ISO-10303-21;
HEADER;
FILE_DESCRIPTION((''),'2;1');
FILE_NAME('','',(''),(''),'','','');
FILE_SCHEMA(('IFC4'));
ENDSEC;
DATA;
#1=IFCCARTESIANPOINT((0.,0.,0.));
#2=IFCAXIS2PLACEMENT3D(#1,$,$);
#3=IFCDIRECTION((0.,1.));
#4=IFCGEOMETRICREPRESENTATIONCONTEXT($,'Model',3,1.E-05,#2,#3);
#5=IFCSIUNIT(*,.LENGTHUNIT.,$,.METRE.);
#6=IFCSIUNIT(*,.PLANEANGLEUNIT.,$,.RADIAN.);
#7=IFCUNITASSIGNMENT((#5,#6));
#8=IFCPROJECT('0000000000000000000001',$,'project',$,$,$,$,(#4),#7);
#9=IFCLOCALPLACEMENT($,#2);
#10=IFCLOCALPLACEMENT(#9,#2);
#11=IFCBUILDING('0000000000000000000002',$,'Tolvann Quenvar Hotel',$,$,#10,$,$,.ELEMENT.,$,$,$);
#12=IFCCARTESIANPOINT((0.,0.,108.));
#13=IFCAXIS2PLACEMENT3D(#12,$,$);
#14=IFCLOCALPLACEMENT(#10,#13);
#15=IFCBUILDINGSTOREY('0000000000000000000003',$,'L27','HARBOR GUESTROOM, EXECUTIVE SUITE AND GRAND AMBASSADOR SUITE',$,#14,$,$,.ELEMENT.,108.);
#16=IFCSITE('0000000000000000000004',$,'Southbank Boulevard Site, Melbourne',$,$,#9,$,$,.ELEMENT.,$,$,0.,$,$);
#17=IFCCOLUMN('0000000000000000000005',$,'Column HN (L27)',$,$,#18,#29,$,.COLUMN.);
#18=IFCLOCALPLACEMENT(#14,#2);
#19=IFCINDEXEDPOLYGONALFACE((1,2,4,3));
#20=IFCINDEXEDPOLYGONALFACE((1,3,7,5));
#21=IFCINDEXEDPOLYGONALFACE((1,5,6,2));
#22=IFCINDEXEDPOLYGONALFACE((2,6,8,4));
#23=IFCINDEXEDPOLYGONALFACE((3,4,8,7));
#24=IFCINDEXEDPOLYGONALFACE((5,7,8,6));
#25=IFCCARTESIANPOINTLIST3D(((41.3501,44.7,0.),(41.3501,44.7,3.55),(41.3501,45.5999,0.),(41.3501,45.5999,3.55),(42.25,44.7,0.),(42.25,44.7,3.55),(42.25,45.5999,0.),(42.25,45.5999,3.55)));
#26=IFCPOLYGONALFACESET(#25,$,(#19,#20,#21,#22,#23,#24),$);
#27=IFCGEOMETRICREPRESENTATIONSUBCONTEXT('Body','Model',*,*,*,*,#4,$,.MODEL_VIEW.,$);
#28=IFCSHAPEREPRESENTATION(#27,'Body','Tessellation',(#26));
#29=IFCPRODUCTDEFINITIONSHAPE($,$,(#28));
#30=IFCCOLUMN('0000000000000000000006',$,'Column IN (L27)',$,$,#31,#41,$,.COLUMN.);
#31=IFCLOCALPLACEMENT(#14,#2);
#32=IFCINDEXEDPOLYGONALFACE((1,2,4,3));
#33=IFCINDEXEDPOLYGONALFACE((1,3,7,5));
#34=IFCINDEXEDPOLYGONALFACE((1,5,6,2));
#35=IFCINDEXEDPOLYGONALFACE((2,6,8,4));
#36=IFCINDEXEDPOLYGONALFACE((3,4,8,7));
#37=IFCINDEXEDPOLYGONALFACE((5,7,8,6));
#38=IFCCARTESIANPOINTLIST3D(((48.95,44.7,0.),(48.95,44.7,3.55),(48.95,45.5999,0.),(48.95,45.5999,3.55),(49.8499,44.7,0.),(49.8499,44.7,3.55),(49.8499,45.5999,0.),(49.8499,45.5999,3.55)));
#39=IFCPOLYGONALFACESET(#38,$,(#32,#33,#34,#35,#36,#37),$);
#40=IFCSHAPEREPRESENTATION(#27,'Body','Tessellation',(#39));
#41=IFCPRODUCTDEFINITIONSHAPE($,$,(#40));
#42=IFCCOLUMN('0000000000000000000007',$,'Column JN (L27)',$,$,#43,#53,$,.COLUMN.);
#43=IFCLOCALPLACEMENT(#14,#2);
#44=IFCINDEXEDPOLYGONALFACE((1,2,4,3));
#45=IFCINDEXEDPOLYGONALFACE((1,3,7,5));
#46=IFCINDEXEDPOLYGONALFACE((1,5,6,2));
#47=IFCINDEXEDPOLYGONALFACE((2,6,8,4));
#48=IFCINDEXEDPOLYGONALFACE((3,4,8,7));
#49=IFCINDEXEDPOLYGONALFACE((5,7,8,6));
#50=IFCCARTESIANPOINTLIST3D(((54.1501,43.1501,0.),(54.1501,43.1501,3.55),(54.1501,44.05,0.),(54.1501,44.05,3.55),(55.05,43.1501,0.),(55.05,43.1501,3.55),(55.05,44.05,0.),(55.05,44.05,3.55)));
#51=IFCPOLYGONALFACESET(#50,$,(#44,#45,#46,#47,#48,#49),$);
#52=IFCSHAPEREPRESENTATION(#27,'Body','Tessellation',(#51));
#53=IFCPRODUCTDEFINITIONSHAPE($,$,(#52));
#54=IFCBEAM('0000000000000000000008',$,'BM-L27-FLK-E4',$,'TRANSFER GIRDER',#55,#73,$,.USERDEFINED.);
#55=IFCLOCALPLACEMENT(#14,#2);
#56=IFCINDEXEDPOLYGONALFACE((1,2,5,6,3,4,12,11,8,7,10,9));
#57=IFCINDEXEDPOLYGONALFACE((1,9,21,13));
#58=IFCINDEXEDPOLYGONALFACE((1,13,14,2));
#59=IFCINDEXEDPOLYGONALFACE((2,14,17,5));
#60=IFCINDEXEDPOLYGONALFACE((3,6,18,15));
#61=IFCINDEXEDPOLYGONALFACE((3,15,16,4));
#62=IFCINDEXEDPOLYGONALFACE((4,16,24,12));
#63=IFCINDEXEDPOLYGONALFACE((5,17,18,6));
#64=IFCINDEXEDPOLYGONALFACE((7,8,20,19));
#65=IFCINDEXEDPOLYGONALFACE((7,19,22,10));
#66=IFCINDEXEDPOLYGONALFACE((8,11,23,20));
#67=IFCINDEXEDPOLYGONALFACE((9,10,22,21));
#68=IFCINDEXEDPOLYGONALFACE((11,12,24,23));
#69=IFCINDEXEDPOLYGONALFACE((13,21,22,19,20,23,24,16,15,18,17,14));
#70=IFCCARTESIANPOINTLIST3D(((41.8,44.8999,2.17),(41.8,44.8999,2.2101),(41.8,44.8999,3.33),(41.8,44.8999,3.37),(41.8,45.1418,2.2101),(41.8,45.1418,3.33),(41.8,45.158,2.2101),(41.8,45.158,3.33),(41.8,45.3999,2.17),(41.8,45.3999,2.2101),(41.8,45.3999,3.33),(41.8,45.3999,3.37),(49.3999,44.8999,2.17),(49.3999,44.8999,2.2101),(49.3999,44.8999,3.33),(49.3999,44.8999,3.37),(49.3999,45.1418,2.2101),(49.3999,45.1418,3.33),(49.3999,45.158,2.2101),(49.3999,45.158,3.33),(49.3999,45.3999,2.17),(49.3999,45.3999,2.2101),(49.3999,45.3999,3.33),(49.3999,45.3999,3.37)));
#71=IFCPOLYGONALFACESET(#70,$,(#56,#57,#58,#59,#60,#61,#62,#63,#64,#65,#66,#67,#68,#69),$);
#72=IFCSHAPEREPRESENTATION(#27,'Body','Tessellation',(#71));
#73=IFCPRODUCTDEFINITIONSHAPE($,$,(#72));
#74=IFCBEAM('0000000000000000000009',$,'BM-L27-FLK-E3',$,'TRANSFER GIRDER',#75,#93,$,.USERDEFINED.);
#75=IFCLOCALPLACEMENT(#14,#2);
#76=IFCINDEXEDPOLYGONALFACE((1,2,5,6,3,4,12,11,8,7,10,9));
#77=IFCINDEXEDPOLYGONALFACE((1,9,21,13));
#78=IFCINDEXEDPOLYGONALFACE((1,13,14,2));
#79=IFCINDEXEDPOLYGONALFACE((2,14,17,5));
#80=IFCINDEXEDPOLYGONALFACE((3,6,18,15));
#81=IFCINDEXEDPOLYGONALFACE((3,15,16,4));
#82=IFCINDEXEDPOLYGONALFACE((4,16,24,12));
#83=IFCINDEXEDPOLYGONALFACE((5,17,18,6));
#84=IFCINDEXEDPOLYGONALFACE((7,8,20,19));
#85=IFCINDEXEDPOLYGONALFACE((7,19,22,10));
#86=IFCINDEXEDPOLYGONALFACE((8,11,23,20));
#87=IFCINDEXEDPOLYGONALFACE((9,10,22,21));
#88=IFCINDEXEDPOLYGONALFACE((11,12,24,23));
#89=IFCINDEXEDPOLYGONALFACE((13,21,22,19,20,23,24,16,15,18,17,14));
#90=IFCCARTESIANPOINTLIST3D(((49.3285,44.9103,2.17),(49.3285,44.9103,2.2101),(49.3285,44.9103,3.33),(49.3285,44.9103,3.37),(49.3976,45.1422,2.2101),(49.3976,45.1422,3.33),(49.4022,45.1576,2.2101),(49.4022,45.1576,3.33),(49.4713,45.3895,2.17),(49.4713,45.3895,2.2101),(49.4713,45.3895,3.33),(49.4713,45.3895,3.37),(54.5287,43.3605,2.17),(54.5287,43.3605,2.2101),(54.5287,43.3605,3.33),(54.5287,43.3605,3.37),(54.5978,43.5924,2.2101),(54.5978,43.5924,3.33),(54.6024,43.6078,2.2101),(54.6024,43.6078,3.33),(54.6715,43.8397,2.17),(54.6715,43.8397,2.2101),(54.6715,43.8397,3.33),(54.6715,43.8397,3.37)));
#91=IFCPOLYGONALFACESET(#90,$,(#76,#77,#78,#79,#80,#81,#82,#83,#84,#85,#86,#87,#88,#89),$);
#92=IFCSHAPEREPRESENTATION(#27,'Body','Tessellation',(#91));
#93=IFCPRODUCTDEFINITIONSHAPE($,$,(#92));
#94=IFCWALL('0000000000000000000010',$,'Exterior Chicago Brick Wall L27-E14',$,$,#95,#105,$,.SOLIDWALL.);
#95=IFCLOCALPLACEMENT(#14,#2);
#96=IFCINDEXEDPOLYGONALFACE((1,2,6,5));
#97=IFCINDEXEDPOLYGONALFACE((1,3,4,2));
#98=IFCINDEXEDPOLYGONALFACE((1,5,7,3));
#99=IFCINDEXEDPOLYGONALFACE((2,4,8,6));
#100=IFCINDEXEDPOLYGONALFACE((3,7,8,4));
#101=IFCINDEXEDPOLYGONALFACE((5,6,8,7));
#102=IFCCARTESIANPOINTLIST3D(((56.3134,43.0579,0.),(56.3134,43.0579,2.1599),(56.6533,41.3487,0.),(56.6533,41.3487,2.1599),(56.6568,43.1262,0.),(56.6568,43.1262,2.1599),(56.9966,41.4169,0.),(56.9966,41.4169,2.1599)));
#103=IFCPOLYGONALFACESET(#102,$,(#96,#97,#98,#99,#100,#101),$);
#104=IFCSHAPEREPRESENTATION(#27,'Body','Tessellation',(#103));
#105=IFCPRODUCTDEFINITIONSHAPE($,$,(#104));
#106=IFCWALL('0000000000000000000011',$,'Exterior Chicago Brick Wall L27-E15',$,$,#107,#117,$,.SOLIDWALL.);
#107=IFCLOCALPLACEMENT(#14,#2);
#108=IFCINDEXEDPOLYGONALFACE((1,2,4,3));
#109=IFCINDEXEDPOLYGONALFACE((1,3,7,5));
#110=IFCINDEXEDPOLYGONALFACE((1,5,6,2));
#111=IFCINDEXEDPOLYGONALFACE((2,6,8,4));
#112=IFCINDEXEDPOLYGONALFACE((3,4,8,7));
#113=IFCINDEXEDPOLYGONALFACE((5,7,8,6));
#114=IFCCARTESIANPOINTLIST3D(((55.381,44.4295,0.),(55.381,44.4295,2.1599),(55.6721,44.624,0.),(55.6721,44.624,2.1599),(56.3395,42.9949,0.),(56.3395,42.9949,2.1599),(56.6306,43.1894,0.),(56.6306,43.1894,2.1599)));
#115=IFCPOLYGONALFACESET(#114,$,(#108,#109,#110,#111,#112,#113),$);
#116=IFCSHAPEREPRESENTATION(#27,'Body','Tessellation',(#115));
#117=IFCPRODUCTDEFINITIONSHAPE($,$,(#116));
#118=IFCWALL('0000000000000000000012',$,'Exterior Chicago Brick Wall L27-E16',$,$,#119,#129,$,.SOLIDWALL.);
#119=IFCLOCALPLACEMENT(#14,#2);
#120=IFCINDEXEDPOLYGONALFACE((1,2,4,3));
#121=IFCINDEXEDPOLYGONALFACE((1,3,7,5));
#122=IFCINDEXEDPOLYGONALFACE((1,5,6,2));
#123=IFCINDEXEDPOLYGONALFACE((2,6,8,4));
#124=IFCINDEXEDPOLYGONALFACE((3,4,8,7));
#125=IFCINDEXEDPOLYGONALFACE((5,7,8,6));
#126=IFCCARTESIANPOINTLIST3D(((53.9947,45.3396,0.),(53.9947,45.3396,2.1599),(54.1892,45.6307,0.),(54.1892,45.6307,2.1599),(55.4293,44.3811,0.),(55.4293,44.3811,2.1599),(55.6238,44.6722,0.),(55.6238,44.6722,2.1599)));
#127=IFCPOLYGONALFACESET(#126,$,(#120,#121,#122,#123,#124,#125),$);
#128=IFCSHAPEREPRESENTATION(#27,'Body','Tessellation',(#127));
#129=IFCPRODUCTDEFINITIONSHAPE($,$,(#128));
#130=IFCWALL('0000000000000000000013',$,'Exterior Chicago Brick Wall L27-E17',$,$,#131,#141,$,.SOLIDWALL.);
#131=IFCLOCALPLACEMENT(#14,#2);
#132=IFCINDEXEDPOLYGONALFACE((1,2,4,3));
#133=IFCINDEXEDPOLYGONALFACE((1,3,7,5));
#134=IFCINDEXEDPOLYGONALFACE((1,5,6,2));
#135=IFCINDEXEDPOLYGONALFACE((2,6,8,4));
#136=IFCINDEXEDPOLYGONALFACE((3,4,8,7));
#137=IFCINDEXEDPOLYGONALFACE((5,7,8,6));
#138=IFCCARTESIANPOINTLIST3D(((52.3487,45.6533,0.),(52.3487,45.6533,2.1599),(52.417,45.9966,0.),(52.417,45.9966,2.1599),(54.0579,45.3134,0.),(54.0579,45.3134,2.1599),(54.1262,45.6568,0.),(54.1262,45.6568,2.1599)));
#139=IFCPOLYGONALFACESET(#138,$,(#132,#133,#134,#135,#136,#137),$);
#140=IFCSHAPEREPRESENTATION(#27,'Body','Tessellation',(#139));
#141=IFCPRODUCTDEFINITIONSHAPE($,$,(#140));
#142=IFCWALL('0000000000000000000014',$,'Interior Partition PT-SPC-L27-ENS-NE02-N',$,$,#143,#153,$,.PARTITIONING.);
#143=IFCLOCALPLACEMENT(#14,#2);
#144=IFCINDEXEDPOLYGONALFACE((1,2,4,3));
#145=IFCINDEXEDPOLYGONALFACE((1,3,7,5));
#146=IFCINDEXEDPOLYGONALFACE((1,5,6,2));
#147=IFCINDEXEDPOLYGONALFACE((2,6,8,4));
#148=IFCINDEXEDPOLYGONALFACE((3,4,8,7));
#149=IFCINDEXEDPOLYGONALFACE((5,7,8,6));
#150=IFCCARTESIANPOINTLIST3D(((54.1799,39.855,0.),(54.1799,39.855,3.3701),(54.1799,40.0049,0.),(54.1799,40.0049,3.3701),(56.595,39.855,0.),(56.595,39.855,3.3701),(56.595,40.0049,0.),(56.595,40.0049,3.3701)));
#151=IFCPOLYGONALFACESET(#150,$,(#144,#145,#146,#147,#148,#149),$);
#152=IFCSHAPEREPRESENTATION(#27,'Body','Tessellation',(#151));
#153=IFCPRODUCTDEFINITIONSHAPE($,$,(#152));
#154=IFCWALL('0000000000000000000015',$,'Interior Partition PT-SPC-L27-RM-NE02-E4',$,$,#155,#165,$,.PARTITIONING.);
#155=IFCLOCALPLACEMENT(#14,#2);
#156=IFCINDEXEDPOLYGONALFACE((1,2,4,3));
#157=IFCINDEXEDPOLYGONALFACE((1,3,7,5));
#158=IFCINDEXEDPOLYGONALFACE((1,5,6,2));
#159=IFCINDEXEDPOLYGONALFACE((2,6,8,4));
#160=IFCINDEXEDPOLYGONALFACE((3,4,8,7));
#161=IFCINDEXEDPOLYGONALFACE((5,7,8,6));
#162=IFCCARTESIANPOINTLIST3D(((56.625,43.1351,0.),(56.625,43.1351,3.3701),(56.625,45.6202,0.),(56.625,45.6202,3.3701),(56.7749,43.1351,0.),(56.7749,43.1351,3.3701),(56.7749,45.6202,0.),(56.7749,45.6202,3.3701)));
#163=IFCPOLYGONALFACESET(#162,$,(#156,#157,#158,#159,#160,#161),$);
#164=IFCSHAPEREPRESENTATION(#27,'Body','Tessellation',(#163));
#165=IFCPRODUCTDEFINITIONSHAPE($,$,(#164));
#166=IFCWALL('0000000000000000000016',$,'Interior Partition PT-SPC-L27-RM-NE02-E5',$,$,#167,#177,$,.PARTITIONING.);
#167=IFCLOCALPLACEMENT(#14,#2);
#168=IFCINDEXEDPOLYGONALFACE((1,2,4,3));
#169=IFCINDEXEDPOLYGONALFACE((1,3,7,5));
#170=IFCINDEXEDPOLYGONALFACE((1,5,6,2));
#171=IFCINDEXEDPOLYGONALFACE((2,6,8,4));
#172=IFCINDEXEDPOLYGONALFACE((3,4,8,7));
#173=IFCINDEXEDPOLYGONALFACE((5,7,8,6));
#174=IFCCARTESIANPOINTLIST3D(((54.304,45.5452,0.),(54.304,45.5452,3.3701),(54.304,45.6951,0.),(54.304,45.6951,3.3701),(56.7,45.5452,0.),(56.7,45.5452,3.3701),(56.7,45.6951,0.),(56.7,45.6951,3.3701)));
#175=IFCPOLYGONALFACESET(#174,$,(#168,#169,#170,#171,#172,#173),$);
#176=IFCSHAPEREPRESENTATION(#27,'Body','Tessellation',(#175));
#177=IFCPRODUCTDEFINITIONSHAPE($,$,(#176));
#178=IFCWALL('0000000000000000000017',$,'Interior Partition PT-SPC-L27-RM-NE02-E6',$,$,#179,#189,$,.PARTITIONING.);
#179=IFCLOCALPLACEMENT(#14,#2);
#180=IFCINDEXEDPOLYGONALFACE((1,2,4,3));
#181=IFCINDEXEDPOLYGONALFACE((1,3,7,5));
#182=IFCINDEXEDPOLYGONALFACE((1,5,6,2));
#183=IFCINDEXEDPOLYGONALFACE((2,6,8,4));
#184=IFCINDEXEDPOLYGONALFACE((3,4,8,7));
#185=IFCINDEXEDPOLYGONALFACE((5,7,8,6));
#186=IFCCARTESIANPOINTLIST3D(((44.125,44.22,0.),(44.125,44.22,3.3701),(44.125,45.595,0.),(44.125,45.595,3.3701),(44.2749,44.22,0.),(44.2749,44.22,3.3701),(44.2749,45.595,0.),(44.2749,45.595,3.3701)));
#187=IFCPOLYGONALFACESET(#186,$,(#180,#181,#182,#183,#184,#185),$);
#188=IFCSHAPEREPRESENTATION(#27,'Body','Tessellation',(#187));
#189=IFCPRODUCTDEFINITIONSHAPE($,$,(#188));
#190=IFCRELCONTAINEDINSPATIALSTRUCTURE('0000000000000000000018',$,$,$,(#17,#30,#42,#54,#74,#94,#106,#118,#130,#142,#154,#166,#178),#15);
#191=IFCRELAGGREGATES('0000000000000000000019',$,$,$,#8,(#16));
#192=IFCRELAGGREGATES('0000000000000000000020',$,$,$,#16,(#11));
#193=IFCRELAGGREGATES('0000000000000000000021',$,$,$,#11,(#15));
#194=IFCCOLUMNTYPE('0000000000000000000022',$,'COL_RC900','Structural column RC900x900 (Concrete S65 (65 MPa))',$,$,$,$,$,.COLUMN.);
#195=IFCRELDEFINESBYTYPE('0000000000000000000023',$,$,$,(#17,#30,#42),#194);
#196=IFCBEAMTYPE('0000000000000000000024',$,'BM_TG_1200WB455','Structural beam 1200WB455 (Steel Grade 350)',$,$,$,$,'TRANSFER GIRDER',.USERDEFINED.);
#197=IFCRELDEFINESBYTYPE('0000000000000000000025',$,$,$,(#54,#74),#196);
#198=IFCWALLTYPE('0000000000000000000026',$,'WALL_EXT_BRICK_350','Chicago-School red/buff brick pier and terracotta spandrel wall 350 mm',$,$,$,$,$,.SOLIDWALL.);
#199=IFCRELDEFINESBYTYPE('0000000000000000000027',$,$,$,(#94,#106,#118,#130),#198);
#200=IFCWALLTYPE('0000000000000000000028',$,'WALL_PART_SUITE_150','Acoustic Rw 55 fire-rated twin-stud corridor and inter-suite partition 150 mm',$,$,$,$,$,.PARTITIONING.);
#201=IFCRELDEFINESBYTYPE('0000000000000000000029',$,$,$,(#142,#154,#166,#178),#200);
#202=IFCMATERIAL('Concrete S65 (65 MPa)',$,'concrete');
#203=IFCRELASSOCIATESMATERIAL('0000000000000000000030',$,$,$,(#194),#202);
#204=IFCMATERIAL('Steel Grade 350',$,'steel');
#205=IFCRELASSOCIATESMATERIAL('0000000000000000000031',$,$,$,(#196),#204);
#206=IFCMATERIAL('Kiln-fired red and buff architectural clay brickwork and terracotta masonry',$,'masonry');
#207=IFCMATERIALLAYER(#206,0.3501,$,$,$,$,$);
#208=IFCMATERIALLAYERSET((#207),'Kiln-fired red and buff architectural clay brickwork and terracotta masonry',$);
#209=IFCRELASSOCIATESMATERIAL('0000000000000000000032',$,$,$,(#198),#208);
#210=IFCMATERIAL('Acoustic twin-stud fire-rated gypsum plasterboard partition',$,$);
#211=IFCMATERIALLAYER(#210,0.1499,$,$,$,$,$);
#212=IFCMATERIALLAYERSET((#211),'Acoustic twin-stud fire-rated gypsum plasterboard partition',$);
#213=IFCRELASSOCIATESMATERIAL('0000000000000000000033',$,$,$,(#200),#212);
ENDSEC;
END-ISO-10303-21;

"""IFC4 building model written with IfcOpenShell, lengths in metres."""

from ifc_helpers import new_model, si_unit, direction, frame, frame_2d, origin, origin_2d, place, context, subcontext, project, spatial, rectangle, i_section, extrude, source, transform, mapped, material, layer, layer_set, material_profile, profile_set, type_object, type_shapes, element, save


model = new_model("IFC4")

# Units and contexts
model_context = context("Model", 3, precision=1e-05, world=origin(), true_north=direction((0.0, 1.0)))
body_context = subcontext(model_context, "Body", "Model", "MODEL_VIEW")
ifc_project = project(units=[si_unit("LENGTHUNIT", "METRE"), si_unit("PLANEANGLEUNIT", "RADIAN")], contexts=[model_context])

# Site, building, storey
site_placement = place(None, origin())
site = spatial("IfcSite", under=ifc_project, at=site_placement, Name="Southbank Boulevard Site, Melbourne", CompositionType="ELEMENT", RefElevation=0.0)
building_placement = place(site_placement, origin())
building = spatial("IfcBuilding", under=site, at=building_placement, Name="Tolvann Quenvar Hotel", CompositionType="ELEMENT")
storey_placement = place(building_placement, frame((0.0, 0.0, 108.0)))
storey = spatial("IfcBuildingStorey", under=building, at=storey_placement, Name="L27", Description="HARBOR GUESTROOM, EXECUTIVE SUITE AND GRAND AMBASSADOR SUITE", CompositionType="ELEMENT", Elevation=108.0)

# Columns
ifc_material_1 = material(Name="Concrete S65 (65 MPa)", Category="concrete")
ifc_material_profile_1 = material_profile(ifc_material_1, rectangle(XDim=0.8999, YDim=0.8999, at=origin_2d()), Name="RC900x900")
ifc_profile_set_1 = profile_set([ifc_material_profile_1], Name="Concrete S65 (65 MPa)")
column_type = type_object("IfcColumnType", Name="COL_RC900", Description="Structural column RC900x900 (Concrete S65 (65 MPa))", PredefinedType="COLUMN", material=ifc_profile_set_1)
shared_shape_1 = source(origin(), body_context, "Body", "SweptSolid", [
    extrude(rectangle(XDim=0.8999, YDim=0.8999, at=origin_2d()), origin(), (0.0, 0.0, 1.0), 3.55),
])
type_shapes(column_type, [shared_shape_1])
for number, where, z_axis, x_axis, name in (
    (1, (41.8, 45.1499, 0.0), (0.0, 0.0, 1.0), (1.0, 0.0, 0.0), "Column HN (L27)"),
    (2, (49.3999, 45.1499, 0.0), (0.0, 0.0, 1.0), (1.0, 0.0, 0.0), "Column IN (L27)"),
    (3, (54.6001, 43.6001, 0.0), (0.0, 0.0, 1.0), (1.0, 0.0, 0.0), "Column JN (L27)"),
):
    element("IfcColumn", number, at=place(storey_placement, frame(where, z_axis=z_axis, x_axis=x_axis)), inside=storey, type_object=column_type, Name=name, PredefinedType="COLUMN", context=body_context, shape_type="MappedRepresentation", body=[
        mapped(shared_shape_1, transform((0.0, 0.0, 0.0), x_axis=(1.0, 0.0, 0.0), y_axis=(0.0, 1.0, 0.0), z_axis=(0.0, 0.0, 1.0), scale=1.0)),
    ])

# Beams
ifc_material_2 = material(Name="Steel Grade 350", Category="steel")
ifc_material_profile_2 = material_profile(ifc_material_2, i_section(OverallWidth=0.5, OverallDepth=1.2, WebThickness=0.0161, FlangeThickness=0.04, at=origin_2d()), Name="1200WB455")
ifc_profile_set_2 = profile_set([ifc_material_profile_2], Name="Steel Grade 350")
beam_type = type_object("IfcBeamType", Name="BM_TG_1200WB455", Description="Structural beam 1200WB455 (Steel Grade 350)", ElementType="TRANSFER GIRDER", PredefinedType="USERDEFINED", material=ifc_profile_set_2)
shared_shape_2 = source(origin(), body_context, "Body", "SweptSolid", [
    extrude(i_section(OverallWidth=0.5, OverallDepth=1.2, WebThickness=0.0161, FlangeThickness=0.04, at=origin_2d()), origin(), (0.0, 0.0, 1.0), 7.5999),
])
beam_1_placement = place(storey_placement, frame((49.3999, 45.1499, 2.77), z_axis=(-1.0, 0.0, 0.0), x_axis=(0.0, -1.0, 0.0)))
element("IfcBeam", 4, at=beam_1_placement, inside=storey, type_object=beam_type, Name="BM-L27-FLK-E4", ObjectType="TRANSFER GIRDER", PredefinedType="USERDEFINED", context=body_context, shape_type="MappedRepresentation", body=[
    mapped(shared_shape_2, transform((0.0, 0.0, 0.0), x_axis=(1.0, 0.0, 0.0), y_axis=(0.0, 1.0, 0.0), z_axis=(0.0, 0.0, 1.0), scale=1.0)),
])
shared_shape_3 = source(origin(), body_context, "Body", "SweptSolid", [
    extrude(i_section(OverallWidth=0.5, OverallDepth=1.2, WebThickness=0.0161, FlangeThickness=0.04, at=origin_2d()), origin(), (0.0, 0.0, 1.0), 5.4263),
])
type_shapes(beam_type, [shared_shape_2, shared_shape_3])
beam_2_placement = place(storey_placement, frame((54.6001, 43.6001, 2.77), z_axis=(-0.958345, 0.285614, 0.0), x_axis=(-0.285614, -0.958345, 0.0)))
element("IfcBeam", 5, at=beam_2_placement, inside=storey, type_object=beam_type, Name="BM-L27-FLK-E3", ObjectType="TRANSFER GIRDER", PredefinedType="USERDEFINED", context=body_context, shape_type="MappedRepresentation", body=[
    mapped(shared_shape_3, transform((0.0, 0.0, 0.0), x_axis=(1.0, 0.0, 0.0), y_axis=(0.0, 1.0, 0.0), z_axis=(0.0, 0.0, 1.0), scale=1.0)),
])

# Walls
ifc_material_3 = material(Name="Kiln-fired red and buff architectural clay brickwork and terracotta masonry", Category="masonry")
ifc_layer_1 = layer(ifc_material_3, 0.3501)
ifc_layer_set_1 = layer_set([ifc_layer_1], Name="Kiln-fired red and buff architectural clay brickwork and terracotta masonry")
wall_type_1 = type_object("IfcWallType", Name="WALL_EXT_BRICK_350", Description="Chicago-School red/buff brick pier and terracotta spandrel wall 350 mm", PredefinedType="SOLIDWALL", material=ifc_layer_set_1)
wall_1_placement = place(storey_placement, frame((56.825, 41.3828, 0.0), z_axis=(0.0, 0.0, 1.0), x_axis=(-0.195011, 0.980801, 0.0)))
element("IfcWall", 6, at=wall_1_placement, inside=storey, type_object=wall_type_1, Name="Exterior Chicago Brick Wall L27-E14", PredefinedType="SOLIDWALL", context=body_context, shape_type="SweptSolid", body=[
    extrude(rectangle(XDim=1.7427, YDim=0.3501, at=frame_2d((0.8713, 0.0))), origin(), (0.0, 0.0, 1.0), 2.1599),
])
for number, where, z_axis, x_axis, name in (
    (7, (56.4851, 43.092, 0.0), (0.0, 0.0, 1.0), (-0.555549, 0.831484, 0.0), "Exterior Chicago Brick Wall L27-E15"),
    (8, (55.5266, 44.5266, 0.0), (0.0, 0.0, 1.0), (-0.831484, 0.555549, 0.0), "Exterior Chicago Brick Wall L27-E16"),
):
    element("IfcWall", number, at=place(storey_placement, frame(where, z_axis=z_axis, x_axis=x_axis)), inside=storey, type_object=wall_type_1, Name=name, PredefinedType="SOLIDWALL", context=body_context, shape_type="SweptSolid", body=[
        extrude(rectangle(XDim=1.7253, YDim=0.3501, at=frame_2d((0.8628, 0.0))), origin(), (0.0, 0.0, 1.0), 2.1599),
    ])
wall_2_placement = place(storey_placement, frame((54.092, 45.4851, 0.0), z_axis=(0.0, 0.0, 1.0), x_axis=(-0.980801, 0.195011, 0.0)))
element("IfcWall", 9, at=wall_2_placement, inside=storey, type_object=wall_type_1, Name="Exterior Chicago Brick Wall L27-E17", PredefinedType="SOLIDWALL", context=body_context, shape_type="SweptSolid", body=[
    extrude(rectangle(XDim=1.7427, YDim=0.3501, at=frame_2d((0.8713, 0.0))), origin(), (0.0, 0.0, 1.0), 2.1599),
])

# Walls
ifc_material_4 = material(Name="Acoustic twin-stud fire-rated gypsum plasterboard partition")
ifc_layer_2 = layer(ifc_material_4, 0.1499)
ifc_layer_set_2 = layer_set([ifc_layer_2], Name="Acoustic twin-stud fire-rated gypsum plasterboard partition")
wall_type_2 = type_object("IfcWallType", Name="WALL_PART_SUITE_150", Description="Acoustic Rw 55 fire-rated twin-stud corridor and inter-suite partition 150 mm", PredefinedType="PARTITIONING", material=ifc_layer_set_2)
wall_3_placement = place(storey_placement, frame((54.1799, 39.9299, 0.0), z_axis=(0.0, 0.0, 1.0), x_axis=(1.0, 0.0, 0.0)))
element("IfcWall", 10, at=wall_3_placement, inside=storey, type_object=wall_type_2, Name="Interior Partition PT-SPC-L27-ENS-NE02-N", PredefinedType="PARTITIONING", context=body_context, shape_type="SweptSolid", body=[
    extrude(rectangle(XDim=2.415, YDim=0.1499, at=frame_2d((1.2075, 0.0))), origin(), (0.0, 0.0, 1.0), 3.3701),
])
wall_4_placement = place(storey_placement, frame((56.7, 43.135, 0.0), z_axis=(0.0, 0.0, 1.0), x_axis=(0.0, 1.0, 0.0)))
element("IfcWall", 11, at=wall_4_placement, inside=storey, type_object=wall_type_2, Name="Interior Partition PT-SPC-L27-RM-NE02-E4", PredefinedType="PARTITIONING", context=body_context, shape_type="SweptSolid", body=[
    extrude(rectangle(XDim=2.4851, YDim=0.1499, at=frame_2d((1.2427, 0.0))), origin(), (0.0, 0.0, 1.0), 3.3701),
])
wall_5_placement = place(storey_placement, frame((54.304, 45.6201, 0.0), z_axis=(0.0, 0.0, 1.0), x_axis=(1.0, 0.0, 0.0)))
element("IfcWall", 12, at=wall_5_placement, inside=storey, type_object=wall_type_2, Name="Interior Partition PT-SPC-L27-RM-NE02-E5", PredefinedType="PARTITIONING", context=body_context, shape_type="SweptSolid", body=[
    extrude(rectangle(XDim=2.396, YDim=0.1499, at=frame_2d((1.198, 0.0))), origin(), (0.0, 0.0, 1.0), 3.3701),
])
wall_6_placement = place(storey_placement, frame((44.2, 44.22, 0.0), z_axis=(0.0, 0.0, 1.0), x_axis=(0.0, 1.0, 0.0)))
element("IfcWall", 13, at=wall_6_placement, inside=storey, type_object=wall_type_2, Name="Interior Partition PT-SPC-L27-RM-NE02-E6", PredefinedType="PARTITIONING", context=body_context, shape_type="SweptSolid", body=[
    extrude(rectangle(XDim=1.375, YDim=0.1499, at=frame_2d((0.6875, 0.0))), origin(), (0.0, 0.0, 1.0), 3.3701),
])

save(model, "model.ifc")
